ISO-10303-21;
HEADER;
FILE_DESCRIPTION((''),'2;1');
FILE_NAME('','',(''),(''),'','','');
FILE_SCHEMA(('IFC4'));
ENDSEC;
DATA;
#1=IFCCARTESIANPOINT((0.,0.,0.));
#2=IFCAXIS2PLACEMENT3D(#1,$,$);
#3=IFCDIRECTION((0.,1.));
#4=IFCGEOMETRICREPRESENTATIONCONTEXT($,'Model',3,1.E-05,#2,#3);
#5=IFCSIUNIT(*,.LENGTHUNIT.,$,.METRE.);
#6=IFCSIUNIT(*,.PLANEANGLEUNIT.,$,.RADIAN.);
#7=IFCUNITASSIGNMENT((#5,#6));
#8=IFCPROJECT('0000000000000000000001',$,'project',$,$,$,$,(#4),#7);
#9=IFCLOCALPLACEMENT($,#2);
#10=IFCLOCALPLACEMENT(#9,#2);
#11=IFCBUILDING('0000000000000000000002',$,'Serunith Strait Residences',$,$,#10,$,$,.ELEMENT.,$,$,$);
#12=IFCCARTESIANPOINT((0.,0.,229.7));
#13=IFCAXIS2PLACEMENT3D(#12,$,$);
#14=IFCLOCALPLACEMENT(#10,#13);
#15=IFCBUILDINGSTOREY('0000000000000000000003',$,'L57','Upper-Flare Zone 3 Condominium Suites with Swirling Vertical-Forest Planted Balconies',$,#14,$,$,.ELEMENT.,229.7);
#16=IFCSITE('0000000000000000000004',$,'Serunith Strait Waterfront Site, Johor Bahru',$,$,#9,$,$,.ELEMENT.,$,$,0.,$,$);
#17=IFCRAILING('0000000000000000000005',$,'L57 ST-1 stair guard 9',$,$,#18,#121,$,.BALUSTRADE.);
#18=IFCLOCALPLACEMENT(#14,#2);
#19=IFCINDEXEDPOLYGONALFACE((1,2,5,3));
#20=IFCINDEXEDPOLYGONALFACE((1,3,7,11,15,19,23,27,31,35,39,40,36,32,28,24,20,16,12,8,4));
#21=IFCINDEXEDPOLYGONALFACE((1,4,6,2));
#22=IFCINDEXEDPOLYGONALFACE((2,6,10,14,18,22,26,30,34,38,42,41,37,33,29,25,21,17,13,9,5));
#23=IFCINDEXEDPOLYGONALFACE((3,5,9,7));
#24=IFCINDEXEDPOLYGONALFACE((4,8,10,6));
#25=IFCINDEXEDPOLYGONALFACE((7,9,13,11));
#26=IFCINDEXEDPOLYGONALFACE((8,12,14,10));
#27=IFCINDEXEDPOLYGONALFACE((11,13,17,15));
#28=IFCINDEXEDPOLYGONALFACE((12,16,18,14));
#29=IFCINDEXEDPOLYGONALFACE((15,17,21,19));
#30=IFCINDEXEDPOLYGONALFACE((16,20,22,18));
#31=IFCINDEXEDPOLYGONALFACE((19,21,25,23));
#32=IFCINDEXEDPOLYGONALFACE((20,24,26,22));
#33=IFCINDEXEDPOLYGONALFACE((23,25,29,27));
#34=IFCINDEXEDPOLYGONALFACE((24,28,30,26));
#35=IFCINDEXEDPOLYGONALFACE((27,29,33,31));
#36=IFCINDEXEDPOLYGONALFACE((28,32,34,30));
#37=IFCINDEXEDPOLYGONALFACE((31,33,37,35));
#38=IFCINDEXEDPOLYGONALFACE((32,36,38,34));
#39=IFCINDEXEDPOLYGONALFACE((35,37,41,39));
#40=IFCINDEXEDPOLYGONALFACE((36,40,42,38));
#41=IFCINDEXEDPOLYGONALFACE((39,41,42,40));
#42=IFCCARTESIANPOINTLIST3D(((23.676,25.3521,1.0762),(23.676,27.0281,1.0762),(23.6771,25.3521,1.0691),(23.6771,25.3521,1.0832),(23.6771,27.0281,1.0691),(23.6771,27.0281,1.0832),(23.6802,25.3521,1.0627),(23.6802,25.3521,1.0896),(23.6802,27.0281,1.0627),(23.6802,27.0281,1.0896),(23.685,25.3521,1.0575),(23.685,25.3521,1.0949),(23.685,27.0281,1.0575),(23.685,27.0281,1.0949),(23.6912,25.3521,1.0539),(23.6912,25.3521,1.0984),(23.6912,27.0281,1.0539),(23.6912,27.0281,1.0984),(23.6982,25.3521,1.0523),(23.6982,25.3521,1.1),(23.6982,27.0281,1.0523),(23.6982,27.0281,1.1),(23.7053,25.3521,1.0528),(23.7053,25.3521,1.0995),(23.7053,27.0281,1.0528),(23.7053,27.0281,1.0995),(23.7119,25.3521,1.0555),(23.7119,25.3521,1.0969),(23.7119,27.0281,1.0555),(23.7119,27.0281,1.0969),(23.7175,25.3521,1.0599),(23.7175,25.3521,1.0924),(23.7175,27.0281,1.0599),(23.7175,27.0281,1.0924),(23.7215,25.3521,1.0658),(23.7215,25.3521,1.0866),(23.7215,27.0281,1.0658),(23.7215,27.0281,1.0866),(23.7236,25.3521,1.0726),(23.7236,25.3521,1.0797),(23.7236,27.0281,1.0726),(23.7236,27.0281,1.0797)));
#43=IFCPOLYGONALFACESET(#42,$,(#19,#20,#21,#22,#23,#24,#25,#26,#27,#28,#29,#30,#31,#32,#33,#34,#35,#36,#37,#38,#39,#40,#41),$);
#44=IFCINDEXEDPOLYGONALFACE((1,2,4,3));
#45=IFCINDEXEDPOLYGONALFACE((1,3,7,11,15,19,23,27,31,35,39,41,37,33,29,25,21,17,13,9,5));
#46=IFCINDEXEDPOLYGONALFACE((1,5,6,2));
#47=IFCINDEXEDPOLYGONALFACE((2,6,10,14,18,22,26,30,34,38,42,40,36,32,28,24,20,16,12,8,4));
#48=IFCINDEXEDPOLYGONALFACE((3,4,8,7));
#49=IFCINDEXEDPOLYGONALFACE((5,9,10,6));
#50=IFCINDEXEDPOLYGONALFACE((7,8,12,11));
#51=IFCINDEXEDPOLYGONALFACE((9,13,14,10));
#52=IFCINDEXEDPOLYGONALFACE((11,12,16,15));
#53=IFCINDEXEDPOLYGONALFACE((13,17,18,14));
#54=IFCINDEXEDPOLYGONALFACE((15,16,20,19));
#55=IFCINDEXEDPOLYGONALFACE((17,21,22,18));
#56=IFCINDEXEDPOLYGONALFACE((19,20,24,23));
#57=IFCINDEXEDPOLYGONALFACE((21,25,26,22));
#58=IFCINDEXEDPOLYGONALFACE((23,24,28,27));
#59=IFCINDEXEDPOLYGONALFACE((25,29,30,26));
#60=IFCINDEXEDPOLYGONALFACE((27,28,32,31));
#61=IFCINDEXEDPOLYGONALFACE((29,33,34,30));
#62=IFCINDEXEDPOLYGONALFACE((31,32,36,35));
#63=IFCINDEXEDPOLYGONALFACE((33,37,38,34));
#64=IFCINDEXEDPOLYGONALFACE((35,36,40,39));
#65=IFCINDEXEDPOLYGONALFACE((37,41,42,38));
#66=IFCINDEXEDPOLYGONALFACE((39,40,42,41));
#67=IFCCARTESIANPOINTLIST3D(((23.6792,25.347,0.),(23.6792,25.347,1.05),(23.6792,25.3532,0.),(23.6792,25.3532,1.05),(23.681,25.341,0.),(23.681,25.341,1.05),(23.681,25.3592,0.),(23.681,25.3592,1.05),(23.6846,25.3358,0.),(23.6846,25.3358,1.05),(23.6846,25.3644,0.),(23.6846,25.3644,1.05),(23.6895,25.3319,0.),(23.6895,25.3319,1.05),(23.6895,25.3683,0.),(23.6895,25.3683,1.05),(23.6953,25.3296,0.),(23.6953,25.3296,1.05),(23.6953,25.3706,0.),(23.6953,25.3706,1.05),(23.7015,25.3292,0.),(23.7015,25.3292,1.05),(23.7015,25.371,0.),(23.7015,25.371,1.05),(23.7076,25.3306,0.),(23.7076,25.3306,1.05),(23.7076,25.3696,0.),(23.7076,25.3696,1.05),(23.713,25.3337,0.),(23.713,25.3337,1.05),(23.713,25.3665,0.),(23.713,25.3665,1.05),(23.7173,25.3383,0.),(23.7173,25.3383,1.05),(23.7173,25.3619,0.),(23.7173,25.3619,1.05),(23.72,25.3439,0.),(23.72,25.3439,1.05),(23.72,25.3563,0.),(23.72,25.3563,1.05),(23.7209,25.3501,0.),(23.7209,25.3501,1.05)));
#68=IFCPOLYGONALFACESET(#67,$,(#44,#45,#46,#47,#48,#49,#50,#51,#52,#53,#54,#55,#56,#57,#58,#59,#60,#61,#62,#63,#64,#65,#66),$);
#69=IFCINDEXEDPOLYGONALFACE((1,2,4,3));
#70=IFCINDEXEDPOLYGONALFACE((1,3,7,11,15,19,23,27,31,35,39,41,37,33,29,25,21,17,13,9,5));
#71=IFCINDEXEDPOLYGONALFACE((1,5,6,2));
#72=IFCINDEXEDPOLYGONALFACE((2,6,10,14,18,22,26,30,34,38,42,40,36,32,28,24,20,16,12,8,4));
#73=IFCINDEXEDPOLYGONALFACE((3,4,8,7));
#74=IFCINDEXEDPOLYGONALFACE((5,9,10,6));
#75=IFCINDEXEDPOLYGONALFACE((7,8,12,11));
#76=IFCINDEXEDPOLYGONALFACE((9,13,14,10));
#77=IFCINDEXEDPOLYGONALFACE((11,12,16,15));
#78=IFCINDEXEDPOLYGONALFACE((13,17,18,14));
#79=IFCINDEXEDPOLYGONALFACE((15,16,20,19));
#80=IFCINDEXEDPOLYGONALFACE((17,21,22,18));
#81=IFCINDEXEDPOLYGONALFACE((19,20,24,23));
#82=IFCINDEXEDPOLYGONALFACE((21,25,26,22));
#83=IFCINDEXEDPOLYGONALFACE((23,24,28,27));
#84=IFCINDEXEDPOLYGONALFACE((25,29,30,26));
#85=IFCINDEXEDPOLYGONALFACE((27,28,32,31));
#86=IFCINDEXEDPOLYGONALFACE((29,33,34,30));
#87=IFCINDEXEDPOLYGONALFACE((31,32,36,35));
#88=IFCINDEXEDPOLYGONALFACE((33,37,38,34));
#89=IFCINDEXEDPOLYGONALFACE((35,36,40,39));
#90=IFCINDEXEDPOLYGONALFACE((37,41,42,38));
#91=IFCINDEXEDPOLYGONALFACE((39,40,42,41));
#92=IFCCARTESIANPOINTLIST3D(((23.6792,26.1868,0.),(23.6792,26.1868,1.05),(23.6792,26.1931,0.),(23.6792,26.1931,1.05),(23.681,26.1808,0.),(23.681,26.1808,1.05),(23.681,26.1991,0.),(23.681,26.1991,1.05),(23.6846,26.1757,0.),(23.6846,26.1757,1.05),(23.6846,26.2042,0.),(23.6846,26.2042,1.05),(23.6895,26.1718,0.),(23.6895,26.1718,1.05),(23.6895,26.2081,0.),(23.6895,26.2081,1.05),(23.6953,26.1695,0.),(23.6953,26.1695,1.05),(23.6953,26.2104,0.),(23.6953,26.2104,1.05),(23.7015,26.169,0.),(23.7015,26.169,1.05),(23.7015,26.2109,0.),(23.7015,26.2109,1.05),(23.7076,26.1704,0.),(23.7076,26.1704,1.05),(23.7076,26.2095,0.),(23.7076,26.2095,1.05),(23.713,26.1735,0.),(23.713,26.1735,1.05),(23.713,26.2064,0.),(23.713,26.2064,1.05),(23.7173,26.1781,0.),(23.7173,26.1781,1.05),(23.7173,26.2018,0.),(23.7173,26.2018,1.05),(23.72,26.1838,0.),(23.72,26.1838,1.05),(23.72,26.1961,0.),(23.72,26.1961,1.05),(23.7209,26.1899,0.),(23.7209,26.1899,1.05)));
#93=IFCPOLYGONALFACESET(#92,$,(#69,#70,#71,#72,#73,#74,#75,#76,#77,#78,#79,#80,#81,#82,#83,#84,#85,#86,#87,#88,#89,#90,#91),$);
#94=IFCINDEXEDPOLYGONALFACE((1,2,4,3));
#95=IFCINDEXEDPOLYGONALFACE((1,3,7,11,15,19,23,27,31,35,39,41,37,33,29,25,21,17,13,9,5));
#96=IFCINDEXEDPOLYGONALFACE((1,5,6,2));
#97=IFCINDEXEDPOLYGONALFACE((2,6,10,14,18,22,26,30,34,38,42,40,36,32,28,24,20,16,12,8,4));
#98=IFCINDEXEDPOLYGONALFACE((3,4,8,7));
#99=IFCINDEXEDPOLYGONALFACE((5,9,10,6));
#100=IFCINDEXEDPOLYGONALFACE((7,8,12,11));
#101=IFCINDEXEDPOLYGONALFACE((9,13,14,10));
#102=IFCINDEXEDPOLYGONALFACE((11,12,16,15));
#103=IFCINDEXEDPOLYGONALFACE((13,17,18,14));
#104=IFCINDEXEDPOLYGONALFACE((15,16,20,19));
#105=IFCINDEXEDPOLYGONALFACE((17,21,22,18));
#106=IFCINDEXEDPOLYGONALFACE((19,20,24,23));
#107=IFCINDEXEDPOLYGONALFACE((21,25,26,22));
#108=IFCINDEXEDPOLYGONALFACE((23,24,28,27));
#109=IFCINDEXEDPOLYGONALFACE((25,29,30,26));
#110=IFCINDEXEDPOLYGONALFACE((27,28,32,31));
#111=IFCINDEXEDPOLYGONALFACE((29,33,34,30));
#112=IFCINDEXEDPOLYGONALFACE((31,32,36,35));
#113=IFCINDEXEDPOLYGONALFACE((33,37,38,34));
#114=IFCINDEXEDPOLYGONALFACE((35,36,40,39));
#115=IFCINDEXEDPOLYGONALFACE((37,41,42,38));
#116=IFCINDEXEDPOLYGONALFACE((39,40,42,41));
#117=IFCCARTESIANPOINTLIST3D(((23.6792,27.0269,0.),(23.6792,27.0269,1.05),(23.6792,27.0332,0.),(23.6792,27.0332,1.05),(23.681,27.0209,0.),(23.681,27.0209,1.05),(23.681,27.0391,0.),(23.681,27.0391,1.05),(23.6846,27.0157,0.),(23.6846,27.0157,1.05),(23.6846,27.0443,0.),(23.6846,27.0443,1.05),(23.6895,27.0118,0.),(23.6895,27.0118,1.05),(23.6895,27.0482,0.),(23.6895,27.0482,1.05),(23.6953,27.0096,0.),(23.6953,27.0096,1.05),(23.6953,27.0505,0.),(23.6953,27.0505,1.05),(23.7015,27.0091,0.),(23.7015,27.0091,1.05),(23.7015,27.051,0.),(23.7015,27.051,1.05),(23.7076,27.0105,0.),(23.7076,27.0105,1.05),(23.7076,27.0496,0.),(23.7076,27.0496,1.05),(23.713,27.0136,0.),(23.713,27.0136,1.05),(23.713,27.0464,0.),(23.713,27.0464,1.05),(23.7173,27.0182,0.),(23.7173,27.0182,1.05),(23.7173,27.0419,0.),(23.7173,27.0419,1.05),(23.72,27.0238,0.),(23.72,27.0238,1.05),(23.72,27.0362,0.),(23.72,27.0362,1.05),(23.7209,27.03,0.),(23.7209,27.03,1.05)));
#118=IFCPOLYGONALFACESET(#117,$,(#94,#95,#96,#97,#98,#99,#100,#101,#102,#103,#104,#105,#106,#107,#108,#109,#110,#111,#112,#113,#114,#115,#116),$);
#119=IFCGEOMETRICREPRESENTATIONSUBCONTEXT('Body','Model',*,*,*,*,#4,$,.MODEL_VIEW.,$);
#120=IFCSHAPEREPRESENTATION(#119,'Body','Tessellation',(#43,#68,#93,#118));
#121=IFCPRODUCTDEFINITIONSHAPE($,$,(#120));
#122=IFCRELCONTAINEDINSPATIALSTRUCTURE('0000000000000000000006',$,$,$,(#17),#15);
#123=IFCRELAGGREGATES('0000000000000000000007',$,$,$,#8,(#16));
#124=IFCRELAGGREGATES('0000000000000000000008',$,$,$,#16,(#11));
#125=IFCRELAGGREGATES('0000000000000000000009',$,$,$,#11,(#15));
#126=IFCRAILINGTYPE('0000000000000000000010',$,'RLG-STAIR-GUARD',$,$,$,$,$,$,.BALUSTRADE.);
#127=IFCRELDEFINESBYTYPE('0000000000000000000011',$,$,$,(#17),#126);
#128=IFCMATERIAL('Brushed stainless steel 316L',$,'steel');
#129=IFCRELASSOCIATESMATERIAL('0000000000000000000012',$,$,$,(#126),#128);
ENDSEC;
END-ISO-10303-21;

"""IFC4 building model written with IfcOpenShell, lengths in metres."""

from ifc_helpers import new_model, si_unit, direction, frame, origin, origin_2d, place, context, subcontext, project, spatial, circle, extrude, material, type_object, element, save


model = new_model("IFC4")

# Units and contexts
model_context = context("Model", 3, precision=1e-05, world=origin(), true_north=direction((0.0, 1.0)))
body_context = subcontext(model_context, "Body", "Model", "MODEL_VIEW")
ifc_project = project(units=[si_unit("LENGTHUNIT", "METRE"), si_unit("PLANEANGLEUNIT", "RADIAN")], contexts=[model_context])

# Site, building, storey
site_placement = place(None, origin())
site = spatial("IfcSite", under=ifc_project, at=site_placement, Name="Serunith Strait Waterfront Site, Johor Bahru", CompositionType="ELEMENT", RefElevation=0.0)
building_placement = place(site_placement, origin())
building = spatial("IfcBuilding", under=site, at=building_placement, Name="Serunith Strait Residences", CompositionType="ELEMENT")
storey_placement = place(building_placement, frame((0.0, 0.0, 229.7)))
storey = spatial("IfcBuildingStorey", under=building, at=storey_placement, Name="L57", Description="Upper-Flare Zone 3 Condominium Suites with Swirling Vertical-Forest Planted Balconies", CompositionType="ELEMENT", Elevation=229.7)

# Railing
ifc_material_1 = material(Name="Brushed stainless steel 316L", Category="steel")
railing_type = type_object("IfcRailingType", Name="RLG-STAIR-GUARD", PredefinedType="BALUSTRADE", material=ifc_material_1)
railing_placement = place(storey_placement, frame((23.7, 25.3501, 0.0)))
element("IfcRailing", 1, at=railing_placement, inside=storey, type_object=railing_type, Name="L57 ST-1 stair guard 9", PredefinedType="BALUSTRADE", context=body_context, shape_type="SweptSolid", body=[
    extrude(circle(Radius=0.0239, at=origin_2d()), frame((0.0, 0.002, 1.0762), z_axis=(0.0, 1.0, 0.0), x_axis=(-1.0, 0.0, 0.0)), (0.0, 0.0, 1.0), 1.676),
    extrude(circle(Radius=0.021, at=origin_2d()), origin(), (0.0, 0.0, 1.0), 1.05),
    extrude(circle(Radius=0.021, at=origin_2d()), frame((0.0, 0.8398, 0.0)), (0.0, 0.0, 1.0), 1.05),
    extrude(circle(Radius=0.021, at=origin_2d()), frame((0.0, 1.6799, 0.0)), (0.0, 0.0, 1.0), 1.05),
])

save(model, "model.ifc")
